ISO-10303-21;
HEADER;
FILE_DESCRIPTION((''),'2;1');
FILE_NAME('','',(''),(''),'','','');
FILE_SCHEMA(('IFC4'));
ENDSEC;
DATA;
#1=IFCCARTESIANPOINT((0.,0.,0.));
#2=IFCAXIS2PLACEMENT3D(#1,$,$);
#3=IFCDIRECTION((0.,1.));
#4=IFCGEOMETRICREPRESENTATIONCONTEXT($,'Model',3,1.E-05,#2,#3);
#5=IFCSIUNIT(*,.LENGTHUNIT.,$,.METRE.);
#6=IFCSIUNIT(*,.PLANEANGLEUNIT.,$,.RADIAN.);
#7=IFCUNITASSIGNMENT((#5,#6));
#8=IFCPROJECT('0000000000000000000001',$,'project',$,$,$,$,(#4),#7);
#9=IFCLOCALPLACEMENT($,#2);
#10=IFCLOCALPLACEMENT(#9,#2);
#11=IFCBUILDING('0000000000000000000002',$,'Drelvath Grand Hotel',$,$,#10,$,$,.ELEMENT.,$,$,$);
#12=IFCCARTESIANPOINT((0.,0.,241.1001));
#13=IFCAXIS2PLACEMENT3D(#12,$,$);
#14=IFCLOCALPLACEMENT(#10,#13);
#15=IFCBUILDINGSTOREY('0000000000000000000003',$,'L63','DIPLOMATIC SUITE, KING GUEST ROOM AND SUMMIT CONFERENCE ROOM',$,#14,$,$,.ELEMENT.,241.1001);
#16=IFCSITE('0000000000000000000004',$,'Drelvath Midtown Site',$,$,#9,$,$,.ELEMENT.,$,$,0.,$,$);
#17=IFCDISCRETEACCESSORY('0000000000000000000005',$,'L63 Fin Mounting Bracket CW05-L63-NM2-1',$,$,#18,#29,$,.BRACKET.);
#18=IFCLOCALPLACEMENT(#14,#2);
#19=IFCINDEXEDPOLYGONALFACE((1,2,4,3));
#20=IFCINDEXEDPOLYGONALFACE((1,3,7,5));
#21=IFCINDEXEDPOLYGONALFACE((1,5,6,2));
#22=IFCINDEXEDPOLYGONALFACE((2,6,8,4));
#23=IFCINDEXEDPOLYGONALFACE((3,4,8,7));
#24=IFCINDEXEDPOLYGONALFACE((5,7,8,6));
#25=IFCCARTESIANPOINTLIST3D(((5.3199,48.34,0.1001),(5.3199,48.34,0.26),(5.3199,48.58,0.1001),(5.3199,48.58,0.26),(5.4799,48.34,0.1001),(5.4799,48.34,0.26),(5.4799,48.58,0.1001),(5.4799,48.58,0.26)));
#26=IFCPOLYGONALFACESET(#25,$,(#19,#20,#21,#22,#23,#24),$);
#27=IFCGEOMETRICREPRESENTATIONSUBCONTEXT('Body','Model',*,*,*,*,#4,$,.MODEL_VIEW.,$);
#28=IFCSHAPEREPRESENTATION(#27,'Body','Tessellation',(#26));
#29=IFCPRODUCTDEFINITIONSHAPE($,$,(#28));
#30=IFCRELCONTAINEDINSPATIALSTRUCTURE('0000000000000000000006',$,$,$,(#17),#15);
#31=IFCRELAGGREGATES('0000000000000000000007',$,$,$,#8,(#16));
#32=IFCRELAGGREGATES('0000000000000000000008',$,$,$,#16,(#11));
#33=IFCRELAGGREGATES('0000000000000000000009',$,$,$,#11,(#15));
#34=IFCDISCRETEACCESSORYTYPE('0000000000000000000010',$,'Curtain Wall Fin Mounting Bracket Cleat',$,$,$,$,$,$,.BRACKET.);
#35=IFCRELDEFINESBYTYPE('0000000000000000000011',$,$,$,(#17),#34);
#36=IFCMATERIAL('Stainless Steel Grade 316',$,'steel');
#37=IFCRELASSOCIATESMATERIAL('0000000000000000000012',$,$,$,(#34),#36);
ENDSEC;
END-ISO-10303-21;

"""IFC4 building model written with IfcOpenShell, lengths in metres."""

from ifc_helpers import new_model, si_unit, direction, frame, origin, origin_2d, place, context, subcontext, project, spatial, rectangle, extrude, material, type_object, element, save


model = new_model("IFC4")

# Units and contexts
model_context = context("Model", 3, precision=1e-05, world=origin(), true_north=direction((0.0, 1.0)))
body_context = subcontext(model_context, "Body", "Model", "MODEL_VIEW")
ifc_project = project(units=[si_unit("LENGTHUNIT", "METRE"), si_unit("PLANEANGLEUNIT", "RADIAN")], contexts=[model_context])

# Site, building, storey
site_placement = place(None, origin())
site = spatial("IfcSite", under=ifc_project, at=site_placement, Name="Drelvath Midtown Site", CompositionType="ELEMENT", RefElevation=0.0)
building_placement = place(site_placement, origin())
building = spatial("IfcBuilding", under=site, at=building_placement, Name="Drelvath Grand Hotel", CompositionType="ELEMENT")
storey_placement = place(building_placement, frame((0.0, 0.0, 241.1001)))
storey = spatial("IfcBuildingStorey", under=building, at=storey_placement, Name="L63", Description="DIPLOMATIC SUITE, KING GUEST ROOM AND SUMMIT CONFERENCE ROOM", CompositionType="ELEMENT", Elevation=241.1001)

# Discrete accessory
ifc_material_1 = material(Name="Stainless Steel Grade 316", Category="steel")
discrete_accessory_type = type_object("IfcDiscreteAccessoryType", Name="Curtain Wall Fin Mounting Bracket Cleat", PredefinedType="BRACKET", material=ifc_material_1)
discrete_accessory_placement = place(storey_placement, frame((5.3999, 48.46, 0.1001), z_axis=(0.0, 0.0, 1.0), x_axis=(1.0, 0.0, 0.0)))
element("IfcDiscreteAccessory", 1, at=discrete_accessory_placement, inside=storey, type_object=discrete_accessory_type, Name="L63 Fin Mounting Bracket CW05-L63-NM2-1", PredefinedType="BRACKET", context=body_context, shape_type="SweptSolid", body=[
    extrude(rectangle(XDim=0.1599, YDim=0.24, at=origin_2d()), origin(), (0.0, 0.0, 1.0), 0.1599),
])

save(model, "model.ifc")
